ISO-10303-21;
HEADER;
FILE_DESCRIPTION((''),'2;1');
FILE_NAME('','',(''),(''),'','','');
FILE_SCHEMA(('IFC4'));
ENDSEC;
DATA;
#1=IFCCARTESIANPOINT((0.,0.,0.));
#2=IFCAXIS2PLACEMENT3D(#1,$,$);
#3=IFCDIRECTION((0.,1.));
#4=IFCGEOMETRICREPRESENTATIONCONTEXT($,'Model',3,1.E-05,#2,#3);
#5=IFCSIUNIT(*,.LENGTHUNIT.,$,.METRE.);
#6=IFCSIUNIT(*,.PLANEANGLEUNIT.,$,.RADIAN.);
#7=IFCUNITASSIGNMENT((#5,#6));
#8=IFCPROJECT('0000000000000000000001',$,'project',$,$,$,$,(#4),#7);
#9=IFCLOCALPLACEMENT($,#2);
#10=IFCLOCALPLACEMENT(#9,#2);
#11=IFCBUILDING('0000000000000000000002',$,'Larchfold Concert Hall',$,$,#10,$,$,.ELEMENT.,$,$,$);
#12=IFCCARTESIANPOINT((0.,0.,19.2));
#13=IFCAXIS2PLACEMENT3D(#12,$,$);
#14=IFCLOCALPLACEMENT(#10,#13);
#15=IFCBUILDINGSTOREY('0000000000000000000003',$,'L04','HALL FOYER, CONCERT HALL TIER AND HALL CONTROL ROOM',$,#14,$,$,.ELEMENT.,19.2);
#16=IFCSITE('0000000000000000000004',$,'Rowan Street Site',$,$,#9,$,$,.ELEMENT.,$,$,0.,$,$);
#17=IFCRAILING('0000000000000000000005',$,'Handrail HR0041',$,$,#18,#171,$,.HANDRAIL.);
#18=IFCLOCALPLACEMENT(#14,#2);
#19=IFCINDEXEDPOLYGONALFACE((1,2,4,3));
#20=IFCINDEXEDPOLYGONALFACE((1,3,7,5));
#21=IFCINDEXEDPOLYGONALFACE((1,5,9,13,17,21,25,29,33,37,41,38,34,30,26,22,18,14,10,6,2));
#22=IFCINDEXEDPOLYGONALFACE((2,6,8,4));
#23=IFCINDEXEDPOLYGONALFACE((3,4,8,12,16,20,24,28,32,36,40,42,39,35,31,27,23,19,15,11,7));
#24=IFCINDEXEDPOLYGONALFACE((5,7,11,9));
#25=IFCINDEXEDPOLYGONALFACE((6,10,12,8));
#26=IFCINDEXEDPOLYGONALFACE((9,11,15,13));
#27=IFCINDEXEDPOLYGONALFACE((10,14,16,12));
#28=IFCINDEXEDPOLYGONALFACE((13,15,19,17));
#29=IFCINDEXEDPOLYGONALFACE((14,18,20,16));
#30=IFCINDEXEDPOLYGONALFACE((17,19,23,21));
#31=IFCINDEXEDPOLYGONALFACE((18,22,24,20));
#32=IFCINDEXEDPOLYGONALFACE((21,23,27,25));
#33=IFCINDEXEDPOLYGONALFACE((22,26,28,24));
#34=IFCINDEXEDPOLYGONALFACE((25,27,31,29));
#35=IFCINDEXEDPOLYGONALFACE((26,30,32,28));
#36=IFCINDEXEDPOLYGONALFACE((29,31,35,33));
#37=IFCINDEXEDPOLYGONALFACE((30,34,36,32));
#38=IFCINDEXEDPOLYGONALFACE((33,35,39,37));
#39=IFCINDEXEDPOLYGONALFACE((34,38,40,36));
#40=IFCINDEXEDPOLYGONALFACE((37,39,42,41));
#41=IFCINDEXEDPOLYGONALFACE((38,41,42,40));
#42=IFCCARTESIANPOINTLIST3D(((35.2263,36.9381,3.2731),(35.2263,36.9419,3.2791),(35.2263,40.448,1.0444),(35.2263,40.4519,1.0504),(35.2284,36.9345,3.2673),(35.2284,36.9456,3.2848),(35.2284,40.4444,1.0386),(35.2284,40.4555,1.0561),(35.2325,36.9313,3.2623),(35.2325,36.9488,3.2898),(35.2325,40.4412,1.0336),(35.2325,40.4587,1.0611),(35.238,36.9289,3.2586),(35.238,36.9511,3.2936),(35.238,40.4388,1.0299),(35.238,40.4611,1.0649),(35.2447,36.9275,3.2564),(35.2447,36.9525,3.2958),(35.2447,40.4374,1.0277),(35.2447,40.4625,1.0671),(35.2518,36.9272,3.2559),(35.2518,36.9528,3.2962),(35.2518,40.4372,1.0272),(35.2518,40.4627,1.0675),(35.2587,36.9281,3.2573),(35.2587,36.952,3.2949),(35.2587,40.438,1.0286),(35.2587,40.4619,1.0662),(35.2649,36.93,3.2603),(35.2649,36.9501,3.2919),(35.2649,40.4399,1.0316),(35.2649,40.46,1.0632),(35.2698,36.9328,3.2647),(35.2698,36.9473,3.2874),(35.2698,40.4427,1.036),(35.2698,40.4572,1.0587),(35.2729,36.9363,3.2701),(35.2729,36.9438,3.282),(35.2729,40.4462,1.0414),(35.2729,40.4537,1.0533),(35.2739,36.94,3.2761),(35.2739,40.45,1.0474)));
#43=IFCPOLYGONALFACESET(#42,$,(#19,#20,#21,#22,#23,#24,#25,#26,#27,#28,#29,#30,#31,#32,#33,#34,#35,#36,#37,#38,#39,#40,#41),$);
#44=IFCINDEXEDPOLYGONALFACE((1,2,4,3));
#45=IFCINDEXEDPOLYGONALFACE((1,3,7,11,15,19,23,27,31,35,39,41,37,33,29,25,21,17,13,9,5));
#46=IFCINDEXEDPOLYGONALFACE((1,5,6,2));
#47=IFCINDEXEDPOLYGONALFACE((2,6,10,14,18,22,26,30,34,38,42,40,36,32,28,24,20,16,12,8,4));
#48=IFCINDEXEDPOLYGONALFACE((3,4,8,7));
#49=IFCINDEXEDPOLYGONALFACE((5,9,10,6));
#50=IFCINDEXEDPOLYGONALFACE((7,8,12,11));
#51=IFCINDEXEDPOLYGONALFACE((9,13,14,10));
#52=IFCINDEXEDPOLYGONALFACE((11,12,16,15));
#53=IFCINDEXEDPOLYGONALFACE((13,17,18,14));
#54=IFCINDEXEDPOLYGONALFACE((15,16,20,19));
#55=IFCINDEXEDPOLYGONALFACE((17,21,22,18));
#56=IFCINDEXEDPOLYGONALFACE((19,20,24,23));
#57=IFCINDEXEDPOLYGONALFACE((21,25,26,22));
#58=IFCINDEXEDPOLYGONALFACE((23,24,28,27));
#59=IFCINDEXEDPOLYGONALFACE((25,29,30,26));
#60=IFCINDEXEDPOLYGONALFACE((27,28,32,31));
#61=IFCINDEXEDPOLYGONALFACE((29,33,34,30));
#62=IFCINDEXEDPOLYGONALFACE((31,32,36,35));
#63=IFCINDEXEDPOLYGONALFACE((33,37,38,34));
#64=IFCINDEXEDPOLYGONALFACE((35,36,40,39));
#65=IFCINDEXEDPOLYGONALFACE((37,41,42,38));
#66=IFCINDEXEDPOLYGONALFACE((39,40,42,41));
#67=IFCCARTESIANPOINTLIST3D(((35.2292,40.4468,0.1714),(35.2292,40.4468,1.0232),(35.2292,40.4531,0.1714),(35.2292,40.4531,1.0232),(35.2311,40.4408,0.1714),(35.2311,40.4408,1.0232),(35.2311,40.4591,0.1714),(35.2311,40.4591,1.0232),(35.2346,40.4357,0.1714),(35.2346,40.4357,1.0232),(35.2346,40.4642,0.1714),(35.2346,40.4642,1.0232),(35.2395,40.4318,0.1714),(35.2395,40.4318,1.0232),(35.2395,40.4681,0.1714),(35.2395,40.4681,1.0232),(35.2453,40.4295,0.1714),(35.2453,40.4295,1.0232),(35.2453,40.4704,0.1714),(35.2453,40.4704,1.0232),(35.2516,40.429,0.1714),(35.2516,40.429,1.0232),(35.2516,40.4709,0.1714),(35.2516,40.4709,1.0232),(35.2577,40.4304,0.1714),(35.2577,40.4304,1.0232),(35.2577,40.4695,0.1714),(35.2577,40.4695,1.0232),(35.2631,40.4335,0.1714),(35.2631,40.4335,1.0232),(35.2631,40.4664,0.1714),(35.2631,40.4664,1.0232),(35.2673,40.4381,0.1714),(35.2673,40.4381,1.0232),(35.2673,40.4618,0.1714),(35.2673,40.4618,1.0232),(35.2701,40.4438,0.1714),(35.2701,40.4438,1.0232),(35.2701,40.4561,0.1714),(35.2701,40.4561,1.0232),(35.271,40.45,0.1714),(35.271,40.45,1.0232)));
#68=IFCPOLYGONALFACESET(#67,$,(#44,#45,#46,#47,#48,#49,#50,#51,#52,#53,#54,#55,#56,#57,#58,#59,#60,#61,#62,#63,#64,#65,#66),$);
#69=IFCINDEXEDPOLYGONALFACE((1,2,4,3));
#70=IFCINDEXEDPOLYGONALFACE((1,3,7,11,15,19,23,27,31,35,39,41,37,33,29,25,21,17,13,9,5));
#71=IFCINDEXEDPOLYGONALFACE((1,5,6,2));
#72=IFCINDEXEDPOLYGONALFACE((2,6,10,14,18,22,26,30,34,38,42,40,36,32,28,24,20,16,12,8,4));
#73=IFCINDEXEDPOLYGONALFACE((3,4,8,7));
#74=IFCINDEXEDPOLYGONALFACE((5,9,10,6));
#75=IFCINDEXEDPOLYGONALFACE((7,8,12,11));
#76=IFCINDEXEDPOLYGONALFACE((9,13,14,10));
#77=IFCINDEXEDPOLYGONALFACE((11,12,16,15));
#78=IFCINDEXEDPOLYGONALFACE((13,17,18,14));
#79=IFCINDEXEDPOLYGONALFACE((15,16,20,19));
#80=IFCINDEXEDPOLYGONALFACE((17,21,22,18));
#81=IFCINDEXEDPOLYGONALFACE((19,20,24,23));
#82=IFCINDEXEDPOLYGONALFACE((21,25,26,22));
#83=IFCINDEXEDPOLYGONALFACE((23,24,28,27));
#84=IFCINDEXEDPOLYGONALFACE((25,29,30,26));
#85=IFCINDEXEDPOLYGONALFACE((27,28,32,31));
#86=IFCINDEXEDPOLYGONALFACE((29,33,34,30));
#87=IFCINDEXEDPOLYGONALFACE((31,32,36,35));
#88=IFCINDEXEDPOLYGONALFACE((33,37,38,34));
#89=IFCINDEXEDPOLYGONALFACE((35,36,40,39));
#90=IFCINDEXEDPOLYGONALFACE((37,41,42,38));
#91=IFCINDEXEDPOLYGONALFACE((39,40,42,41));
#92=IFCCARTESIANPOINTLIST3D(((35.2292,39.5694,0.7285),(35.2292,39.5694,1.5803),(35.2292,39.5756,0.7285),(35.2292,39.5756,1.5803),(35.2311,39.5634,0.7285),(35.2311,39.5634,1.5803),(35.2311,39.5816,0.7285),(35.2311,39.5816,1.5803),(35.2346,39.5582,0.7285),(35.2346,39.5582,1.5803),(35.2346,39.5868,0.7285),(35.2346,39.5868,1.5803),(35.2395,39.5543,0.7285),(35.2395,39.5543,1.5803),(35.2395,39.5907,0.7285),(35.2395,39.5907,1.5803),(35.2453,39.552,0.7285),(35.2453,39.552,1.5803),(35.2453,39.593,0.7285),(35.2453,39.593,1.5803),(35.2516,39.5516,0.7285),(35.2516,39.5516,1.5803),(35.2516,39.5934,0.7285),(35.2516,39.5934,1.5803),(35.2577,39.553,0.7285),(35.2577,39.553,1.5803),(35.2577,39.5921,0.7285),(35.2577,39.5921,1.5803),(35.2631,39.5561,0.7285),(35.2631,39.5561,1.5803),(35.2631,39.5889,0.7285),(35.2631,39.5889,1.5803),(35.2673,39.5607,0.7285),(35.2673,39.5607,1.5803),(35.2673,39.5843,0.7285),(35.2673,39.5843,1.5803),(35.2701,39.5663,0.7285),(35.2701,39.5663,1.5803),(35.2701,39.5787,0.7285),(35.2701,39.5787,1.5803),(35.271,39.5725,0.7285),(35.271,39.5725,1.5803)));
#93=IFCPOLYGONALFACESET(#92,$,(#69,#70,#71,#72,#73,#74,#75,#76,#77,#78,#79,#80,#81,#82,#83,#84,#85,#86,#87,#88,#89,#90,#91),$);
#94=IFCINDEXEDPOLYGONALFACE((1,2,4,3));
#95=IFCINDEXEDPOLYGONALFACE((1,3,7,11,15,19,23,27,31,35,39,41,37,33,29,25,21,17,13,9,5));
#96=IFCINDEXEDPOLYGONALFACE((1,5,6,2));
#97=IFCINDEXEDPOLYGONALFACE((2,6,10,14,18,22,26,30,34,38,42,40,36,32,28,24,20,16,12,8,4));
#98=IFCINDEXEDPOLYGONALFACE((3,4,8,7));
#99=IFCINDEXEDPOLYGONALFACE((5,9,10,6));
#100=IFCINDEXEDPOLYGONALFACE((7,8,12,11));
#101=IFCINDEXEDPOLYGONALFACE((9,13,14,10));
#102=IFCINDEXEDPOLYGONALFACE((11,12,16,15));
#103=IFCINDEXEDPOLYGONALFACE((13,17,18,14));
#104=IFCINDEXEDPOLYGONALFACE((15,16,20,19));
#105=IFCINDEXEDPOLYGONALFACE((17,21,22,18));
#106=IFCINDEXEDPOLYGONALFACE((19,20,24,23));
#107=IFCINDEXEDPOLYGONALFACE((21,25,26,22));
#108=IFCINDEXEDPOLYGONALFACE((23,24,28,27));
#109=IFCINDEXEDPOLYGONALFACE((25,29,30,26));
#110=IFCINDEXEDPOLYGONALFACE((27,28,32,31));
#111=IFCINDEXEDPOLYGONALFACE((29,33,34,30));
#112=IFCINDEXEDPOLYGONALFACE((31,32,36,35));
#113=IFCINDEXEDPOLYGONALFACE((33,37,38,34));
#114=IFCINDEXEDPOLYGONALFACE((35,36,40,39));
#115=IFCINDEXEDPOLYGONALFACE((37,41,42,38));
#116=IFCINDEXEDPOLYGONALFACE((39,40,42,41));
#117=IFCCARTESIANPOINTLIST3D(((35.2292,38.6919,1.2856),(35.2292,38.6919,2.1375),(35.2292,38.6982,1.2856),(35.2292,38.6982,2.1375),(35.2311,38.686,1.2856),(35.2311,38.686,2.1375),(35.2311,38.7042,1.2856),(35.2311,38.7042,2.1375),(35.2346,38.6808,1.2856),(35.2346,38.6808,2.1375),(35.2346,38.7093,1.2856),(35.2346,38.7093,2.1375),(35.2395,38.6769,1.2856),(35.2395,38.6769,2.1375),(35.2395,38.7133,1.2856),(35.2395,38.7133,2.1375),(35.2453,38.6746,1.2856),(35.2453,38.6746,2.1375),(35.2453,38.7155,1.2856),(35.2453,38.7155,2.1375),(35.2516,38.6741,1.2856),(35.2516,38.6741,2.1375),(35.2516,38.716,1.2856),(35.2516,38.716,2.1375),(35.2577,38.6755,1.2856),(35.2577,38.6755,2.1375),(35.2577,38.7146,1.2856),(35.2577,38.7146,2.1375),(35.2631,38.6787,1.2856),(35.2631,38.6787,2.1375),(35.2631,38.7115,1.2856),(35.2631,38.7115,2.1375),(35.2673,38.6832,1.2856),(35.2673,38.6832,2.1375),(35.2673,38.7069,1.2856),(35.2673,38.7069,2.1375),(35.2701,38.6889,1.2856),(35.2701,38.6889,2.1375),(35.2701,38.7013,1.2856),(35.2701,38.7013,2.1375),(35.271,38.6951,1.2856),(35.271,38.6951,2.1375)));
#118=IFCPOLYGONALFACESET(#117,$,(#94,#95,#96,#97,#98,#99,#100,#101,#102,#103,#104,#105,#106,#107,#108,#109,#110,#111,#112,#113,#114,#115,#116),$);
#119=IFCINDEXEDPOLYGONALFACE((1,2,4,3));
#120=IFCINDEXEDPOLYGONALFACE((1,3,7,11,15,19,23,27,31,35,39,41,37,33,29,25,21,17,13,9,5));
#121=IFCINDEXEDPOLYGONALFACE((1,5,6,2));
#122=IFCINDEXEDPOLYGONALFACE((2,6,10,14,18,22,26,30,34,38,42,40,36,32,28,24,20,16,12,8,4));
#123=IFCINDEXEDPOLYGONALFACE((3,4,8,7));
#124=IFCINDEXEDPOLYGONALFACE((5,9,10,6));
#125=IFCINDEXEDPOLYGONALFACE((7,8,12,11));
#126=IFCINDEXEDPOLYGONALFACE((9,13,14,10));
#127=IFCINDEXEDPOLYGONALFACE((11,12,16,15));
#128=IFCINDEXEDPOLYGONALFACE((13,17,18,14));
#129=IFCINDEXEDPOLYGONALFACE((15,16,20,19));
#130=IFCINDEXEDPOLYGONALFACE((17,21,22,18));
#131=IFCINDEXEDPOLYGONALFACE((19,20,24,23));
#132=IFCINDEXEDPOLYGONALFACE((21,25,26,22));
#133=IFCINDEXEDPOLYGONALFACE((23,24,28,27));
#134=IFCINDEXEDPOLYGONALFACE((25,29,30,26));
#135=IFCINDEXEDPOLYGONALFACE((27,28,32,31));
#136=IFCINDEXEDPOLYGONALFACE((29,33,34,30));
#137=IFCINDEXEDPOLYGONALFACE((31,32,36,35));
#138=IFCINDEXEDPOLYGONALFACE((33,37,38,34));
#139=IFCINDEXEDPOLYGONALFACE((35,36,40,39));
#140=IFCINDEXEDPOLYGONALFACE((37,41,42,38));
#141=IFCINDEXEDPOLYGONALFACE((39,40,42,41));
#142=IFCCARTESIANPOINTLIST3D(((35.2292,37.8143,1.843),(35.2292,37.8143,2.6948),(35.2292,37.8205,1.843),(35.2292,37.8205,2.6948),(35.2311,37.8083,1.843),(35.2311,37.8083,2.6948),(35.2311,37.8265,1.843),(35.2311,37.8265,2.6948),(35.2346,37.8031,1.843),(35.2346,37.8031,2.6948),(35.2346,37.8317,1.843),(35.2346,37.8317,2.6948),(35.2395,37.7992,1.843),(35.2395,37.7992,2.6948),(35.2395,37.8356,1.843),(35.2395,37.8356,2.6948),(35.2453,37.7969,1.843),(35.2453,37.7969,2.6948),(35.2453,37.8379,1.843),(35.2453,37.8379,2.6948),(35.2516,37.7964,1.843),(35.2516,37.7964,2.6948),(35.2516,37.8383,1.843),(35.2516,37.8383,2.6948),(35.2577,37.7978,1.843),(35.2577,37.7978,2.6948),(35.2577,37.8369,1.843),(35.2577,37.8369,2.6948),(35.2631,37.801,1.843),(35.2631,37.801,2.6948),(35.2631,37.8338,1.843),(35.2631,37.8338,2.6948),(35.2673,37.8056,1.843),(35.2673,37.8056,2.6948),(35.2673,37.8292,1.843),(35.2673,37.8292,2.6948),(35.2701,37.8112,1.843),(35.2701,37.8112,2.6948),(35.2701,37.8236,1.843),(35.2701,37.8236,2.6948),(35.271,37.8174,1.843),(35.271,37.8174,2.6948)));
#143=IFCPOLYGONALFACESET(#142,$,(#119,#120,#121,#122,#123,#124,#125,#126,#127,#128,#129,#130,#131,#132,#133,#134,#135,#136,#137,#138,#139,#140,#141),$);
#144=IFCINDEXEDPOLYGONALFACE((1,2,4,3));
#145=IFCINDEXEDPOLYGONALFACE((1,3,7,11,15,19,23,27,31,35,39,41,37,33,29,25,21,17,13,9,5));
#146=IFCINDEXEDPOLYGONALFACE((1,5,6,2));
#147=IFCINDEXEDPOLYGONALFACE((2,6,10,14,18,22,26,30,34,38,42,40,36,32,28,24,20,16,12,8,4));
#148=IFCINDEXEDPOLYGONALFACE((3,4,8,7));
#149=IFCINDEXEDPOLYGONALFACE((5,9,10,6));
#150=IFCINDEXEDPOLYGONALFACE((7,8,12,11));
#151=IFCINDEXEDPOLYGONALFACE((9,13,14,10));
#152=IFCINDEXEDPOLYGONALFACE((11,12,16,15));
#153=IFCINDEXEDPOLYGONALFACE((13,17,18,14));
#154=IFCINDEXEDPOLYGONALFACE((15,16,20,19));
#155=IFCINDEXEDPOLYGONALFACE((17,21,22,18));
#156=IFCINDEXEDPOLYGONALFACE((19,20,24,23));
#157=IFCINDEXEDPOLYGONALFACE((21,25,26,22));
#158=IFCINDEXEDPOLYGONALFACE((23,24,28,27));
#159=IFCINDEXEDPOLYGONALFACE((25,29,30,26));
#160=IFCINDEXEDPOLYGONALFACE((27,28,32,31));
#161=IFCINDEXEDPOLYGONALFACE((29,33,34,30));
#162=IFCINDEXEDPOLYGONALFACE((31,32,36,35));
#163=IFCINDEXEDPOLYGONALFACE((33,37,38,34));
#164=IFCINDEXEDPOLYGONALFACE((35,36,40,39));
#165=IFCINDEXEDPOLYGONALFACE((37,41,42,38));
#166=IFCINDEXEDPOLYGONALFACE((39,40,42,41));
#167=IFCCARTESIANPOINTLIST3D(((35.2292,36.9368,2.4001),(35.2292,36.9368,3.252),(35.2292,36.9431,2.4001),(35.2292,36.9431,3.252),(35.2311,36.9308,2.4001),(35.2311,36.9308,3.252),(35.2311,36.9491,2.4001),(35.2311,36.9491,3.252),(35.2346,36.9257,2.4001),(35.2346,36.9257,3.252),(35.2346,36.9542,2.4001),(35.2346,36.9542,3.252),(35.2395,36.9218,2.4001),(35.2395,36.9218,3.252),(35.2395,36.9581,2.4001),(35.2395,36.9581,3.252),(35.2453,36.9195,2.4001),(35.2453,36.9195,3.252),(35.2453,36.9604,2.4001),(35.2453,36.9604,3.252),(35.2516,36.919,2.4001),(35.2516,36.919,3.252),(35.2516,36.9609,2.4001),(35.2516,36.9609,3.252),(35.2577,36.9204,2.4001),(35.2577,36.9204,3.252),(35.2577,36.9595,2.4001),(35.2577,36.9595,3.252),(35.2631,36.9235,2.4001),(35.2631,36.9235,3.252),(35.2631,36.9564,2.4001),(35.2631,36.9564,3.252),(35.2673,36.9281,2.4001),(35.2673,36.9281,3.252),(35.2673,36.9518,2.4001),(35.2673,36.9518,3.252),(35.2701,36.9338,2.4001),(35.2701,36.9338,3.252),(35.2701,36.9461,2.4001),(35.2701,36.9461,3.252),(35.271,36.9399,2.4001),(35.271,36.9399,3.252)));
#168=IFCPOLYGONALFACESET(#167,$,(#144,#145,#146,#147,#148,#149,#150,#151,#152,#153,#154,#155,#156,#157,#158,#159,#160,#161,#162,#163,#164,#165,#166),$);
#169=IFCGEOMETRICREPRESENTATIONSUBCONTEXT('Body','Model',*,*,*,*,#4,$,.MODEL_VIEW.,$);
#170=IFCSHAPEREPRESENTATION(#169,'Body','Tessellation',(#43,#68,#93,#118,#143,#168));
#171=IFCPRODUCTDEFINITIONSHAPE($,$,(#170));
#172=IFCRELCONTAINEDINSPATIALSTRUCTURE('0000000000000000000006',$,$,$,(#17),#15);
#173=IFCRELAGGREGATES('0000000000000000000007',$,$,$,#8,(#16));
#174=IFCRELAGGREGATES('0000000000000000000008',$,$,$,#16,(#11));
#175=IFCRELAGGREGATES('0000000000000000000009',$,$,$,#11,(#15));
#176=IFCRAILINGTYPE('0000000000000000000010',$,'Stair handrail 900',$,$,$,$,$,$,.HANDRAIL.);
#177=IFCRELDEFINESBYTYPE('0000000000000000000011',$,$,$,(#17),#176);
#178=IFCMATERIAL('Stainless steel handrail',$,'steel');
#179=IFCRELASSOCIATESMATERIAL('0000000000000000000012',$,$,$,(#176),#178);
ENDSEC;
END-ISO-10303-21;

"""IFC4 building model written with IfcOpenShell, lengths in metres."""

from ifc_helpers import new_model, si_unit, direction, frame, origin, origin_2d, place, context, subcontext, project, spatial, circle, extrude, material, type_object, element, save


model = new_model("IFC4")

# Units and contexts
model_context = context("Model", 3, precision=1e-05, world=origin(), true_north=direction((0.0, 1.0)))
body_context = subcontext(model_context, "Body", "Model", "MODEL_VIEW")
ifc_project = project(units=[si_unit("LENGTHUNIT", "METRE"), si_unit("PLANEANGLEUNIT", "RADIAN")], contexts=[model_context])

# Site, building, storey
site_placement = place(None, origin())
site = spatial("IfcSite", under=ifc_project, at=site_placement, Name="Rowan Street Site", CompositionType="ELEMENT", RefElevation=0.0)
building_placement = place(site_placement, origin())
building = spatial("IfcBuilding", under=site, at=building_placement, Name="Larchfold Concert Hall", CompositionType="ELEMENT")
storey_placement = place(building_placement, frame((0.0, 0.0, 19.2)))
storey = spatial("IfcBuildingStorey", under=building, at=storey_placement, Name="L04", Description="HALL FOYER, CONCERT HALL TIER AND HALL CONTROL ROOM", CompositionType="ELEMENT", Elevation=19.2)

# Railing
ifc_material_1 = material(Name="Stainless steel handrail", Category="steel")
railing_type_1 = type_object("IfcRailingType", Name="Stair handrail 900", PredefinedType="HANDRAIL", material=ifc_material_1)
for number, where, name in (
    (1, (35.25, 40.45, 0.1714), "Handrail HR0041"),
):
    element("IfcRailing", number, at=place(storey_placement, frame(where)), inside=storey, type_object=railing_type_1, Name=name, PredefinedType="HANDRAIL", context=body_context, shape_type="SweptSolid", body=[
        extrude(circle(Radius=0.0239, at=origin_2d()), frame((0.0, 0.0, 0.876), z_axis=(0.0, -0.844193, 0.536039), x_axis=(1.0, 0.0, 0.0)), (0.0, 0.0, 1.0), 4.1577),
        extrude(circle(Radius=0.021, at=origin_2d()), origin(), (0.0, 0.0, 1.0), 0.8518),
        extrude(circle(Radius=0.021, at=origin_2d()), frame((0.0, -0.8774, 0.5571)), (0.0, 0.0, 1.0), 0.8518),
        extrude(circle(Radius=0.021, at=origin_2d()), frame((0.0, -1.7549, 1.1143)), (0.0, 0.0, 1.0), 0.8518),
        extrude(circle(Radius=0.021, at=origin_2d()), frame((0.0, -2.6326, 1.6716)), (0.0, 0.0, 1.0), 0.8518),
        extrude(circle(Radius=0.021, at=origin_2d()), frame((0.0, -3.51, 2.2288)), (0.0, 0.0, 1.0), 0.8518),
    ])

save(model, "model.ifc")
